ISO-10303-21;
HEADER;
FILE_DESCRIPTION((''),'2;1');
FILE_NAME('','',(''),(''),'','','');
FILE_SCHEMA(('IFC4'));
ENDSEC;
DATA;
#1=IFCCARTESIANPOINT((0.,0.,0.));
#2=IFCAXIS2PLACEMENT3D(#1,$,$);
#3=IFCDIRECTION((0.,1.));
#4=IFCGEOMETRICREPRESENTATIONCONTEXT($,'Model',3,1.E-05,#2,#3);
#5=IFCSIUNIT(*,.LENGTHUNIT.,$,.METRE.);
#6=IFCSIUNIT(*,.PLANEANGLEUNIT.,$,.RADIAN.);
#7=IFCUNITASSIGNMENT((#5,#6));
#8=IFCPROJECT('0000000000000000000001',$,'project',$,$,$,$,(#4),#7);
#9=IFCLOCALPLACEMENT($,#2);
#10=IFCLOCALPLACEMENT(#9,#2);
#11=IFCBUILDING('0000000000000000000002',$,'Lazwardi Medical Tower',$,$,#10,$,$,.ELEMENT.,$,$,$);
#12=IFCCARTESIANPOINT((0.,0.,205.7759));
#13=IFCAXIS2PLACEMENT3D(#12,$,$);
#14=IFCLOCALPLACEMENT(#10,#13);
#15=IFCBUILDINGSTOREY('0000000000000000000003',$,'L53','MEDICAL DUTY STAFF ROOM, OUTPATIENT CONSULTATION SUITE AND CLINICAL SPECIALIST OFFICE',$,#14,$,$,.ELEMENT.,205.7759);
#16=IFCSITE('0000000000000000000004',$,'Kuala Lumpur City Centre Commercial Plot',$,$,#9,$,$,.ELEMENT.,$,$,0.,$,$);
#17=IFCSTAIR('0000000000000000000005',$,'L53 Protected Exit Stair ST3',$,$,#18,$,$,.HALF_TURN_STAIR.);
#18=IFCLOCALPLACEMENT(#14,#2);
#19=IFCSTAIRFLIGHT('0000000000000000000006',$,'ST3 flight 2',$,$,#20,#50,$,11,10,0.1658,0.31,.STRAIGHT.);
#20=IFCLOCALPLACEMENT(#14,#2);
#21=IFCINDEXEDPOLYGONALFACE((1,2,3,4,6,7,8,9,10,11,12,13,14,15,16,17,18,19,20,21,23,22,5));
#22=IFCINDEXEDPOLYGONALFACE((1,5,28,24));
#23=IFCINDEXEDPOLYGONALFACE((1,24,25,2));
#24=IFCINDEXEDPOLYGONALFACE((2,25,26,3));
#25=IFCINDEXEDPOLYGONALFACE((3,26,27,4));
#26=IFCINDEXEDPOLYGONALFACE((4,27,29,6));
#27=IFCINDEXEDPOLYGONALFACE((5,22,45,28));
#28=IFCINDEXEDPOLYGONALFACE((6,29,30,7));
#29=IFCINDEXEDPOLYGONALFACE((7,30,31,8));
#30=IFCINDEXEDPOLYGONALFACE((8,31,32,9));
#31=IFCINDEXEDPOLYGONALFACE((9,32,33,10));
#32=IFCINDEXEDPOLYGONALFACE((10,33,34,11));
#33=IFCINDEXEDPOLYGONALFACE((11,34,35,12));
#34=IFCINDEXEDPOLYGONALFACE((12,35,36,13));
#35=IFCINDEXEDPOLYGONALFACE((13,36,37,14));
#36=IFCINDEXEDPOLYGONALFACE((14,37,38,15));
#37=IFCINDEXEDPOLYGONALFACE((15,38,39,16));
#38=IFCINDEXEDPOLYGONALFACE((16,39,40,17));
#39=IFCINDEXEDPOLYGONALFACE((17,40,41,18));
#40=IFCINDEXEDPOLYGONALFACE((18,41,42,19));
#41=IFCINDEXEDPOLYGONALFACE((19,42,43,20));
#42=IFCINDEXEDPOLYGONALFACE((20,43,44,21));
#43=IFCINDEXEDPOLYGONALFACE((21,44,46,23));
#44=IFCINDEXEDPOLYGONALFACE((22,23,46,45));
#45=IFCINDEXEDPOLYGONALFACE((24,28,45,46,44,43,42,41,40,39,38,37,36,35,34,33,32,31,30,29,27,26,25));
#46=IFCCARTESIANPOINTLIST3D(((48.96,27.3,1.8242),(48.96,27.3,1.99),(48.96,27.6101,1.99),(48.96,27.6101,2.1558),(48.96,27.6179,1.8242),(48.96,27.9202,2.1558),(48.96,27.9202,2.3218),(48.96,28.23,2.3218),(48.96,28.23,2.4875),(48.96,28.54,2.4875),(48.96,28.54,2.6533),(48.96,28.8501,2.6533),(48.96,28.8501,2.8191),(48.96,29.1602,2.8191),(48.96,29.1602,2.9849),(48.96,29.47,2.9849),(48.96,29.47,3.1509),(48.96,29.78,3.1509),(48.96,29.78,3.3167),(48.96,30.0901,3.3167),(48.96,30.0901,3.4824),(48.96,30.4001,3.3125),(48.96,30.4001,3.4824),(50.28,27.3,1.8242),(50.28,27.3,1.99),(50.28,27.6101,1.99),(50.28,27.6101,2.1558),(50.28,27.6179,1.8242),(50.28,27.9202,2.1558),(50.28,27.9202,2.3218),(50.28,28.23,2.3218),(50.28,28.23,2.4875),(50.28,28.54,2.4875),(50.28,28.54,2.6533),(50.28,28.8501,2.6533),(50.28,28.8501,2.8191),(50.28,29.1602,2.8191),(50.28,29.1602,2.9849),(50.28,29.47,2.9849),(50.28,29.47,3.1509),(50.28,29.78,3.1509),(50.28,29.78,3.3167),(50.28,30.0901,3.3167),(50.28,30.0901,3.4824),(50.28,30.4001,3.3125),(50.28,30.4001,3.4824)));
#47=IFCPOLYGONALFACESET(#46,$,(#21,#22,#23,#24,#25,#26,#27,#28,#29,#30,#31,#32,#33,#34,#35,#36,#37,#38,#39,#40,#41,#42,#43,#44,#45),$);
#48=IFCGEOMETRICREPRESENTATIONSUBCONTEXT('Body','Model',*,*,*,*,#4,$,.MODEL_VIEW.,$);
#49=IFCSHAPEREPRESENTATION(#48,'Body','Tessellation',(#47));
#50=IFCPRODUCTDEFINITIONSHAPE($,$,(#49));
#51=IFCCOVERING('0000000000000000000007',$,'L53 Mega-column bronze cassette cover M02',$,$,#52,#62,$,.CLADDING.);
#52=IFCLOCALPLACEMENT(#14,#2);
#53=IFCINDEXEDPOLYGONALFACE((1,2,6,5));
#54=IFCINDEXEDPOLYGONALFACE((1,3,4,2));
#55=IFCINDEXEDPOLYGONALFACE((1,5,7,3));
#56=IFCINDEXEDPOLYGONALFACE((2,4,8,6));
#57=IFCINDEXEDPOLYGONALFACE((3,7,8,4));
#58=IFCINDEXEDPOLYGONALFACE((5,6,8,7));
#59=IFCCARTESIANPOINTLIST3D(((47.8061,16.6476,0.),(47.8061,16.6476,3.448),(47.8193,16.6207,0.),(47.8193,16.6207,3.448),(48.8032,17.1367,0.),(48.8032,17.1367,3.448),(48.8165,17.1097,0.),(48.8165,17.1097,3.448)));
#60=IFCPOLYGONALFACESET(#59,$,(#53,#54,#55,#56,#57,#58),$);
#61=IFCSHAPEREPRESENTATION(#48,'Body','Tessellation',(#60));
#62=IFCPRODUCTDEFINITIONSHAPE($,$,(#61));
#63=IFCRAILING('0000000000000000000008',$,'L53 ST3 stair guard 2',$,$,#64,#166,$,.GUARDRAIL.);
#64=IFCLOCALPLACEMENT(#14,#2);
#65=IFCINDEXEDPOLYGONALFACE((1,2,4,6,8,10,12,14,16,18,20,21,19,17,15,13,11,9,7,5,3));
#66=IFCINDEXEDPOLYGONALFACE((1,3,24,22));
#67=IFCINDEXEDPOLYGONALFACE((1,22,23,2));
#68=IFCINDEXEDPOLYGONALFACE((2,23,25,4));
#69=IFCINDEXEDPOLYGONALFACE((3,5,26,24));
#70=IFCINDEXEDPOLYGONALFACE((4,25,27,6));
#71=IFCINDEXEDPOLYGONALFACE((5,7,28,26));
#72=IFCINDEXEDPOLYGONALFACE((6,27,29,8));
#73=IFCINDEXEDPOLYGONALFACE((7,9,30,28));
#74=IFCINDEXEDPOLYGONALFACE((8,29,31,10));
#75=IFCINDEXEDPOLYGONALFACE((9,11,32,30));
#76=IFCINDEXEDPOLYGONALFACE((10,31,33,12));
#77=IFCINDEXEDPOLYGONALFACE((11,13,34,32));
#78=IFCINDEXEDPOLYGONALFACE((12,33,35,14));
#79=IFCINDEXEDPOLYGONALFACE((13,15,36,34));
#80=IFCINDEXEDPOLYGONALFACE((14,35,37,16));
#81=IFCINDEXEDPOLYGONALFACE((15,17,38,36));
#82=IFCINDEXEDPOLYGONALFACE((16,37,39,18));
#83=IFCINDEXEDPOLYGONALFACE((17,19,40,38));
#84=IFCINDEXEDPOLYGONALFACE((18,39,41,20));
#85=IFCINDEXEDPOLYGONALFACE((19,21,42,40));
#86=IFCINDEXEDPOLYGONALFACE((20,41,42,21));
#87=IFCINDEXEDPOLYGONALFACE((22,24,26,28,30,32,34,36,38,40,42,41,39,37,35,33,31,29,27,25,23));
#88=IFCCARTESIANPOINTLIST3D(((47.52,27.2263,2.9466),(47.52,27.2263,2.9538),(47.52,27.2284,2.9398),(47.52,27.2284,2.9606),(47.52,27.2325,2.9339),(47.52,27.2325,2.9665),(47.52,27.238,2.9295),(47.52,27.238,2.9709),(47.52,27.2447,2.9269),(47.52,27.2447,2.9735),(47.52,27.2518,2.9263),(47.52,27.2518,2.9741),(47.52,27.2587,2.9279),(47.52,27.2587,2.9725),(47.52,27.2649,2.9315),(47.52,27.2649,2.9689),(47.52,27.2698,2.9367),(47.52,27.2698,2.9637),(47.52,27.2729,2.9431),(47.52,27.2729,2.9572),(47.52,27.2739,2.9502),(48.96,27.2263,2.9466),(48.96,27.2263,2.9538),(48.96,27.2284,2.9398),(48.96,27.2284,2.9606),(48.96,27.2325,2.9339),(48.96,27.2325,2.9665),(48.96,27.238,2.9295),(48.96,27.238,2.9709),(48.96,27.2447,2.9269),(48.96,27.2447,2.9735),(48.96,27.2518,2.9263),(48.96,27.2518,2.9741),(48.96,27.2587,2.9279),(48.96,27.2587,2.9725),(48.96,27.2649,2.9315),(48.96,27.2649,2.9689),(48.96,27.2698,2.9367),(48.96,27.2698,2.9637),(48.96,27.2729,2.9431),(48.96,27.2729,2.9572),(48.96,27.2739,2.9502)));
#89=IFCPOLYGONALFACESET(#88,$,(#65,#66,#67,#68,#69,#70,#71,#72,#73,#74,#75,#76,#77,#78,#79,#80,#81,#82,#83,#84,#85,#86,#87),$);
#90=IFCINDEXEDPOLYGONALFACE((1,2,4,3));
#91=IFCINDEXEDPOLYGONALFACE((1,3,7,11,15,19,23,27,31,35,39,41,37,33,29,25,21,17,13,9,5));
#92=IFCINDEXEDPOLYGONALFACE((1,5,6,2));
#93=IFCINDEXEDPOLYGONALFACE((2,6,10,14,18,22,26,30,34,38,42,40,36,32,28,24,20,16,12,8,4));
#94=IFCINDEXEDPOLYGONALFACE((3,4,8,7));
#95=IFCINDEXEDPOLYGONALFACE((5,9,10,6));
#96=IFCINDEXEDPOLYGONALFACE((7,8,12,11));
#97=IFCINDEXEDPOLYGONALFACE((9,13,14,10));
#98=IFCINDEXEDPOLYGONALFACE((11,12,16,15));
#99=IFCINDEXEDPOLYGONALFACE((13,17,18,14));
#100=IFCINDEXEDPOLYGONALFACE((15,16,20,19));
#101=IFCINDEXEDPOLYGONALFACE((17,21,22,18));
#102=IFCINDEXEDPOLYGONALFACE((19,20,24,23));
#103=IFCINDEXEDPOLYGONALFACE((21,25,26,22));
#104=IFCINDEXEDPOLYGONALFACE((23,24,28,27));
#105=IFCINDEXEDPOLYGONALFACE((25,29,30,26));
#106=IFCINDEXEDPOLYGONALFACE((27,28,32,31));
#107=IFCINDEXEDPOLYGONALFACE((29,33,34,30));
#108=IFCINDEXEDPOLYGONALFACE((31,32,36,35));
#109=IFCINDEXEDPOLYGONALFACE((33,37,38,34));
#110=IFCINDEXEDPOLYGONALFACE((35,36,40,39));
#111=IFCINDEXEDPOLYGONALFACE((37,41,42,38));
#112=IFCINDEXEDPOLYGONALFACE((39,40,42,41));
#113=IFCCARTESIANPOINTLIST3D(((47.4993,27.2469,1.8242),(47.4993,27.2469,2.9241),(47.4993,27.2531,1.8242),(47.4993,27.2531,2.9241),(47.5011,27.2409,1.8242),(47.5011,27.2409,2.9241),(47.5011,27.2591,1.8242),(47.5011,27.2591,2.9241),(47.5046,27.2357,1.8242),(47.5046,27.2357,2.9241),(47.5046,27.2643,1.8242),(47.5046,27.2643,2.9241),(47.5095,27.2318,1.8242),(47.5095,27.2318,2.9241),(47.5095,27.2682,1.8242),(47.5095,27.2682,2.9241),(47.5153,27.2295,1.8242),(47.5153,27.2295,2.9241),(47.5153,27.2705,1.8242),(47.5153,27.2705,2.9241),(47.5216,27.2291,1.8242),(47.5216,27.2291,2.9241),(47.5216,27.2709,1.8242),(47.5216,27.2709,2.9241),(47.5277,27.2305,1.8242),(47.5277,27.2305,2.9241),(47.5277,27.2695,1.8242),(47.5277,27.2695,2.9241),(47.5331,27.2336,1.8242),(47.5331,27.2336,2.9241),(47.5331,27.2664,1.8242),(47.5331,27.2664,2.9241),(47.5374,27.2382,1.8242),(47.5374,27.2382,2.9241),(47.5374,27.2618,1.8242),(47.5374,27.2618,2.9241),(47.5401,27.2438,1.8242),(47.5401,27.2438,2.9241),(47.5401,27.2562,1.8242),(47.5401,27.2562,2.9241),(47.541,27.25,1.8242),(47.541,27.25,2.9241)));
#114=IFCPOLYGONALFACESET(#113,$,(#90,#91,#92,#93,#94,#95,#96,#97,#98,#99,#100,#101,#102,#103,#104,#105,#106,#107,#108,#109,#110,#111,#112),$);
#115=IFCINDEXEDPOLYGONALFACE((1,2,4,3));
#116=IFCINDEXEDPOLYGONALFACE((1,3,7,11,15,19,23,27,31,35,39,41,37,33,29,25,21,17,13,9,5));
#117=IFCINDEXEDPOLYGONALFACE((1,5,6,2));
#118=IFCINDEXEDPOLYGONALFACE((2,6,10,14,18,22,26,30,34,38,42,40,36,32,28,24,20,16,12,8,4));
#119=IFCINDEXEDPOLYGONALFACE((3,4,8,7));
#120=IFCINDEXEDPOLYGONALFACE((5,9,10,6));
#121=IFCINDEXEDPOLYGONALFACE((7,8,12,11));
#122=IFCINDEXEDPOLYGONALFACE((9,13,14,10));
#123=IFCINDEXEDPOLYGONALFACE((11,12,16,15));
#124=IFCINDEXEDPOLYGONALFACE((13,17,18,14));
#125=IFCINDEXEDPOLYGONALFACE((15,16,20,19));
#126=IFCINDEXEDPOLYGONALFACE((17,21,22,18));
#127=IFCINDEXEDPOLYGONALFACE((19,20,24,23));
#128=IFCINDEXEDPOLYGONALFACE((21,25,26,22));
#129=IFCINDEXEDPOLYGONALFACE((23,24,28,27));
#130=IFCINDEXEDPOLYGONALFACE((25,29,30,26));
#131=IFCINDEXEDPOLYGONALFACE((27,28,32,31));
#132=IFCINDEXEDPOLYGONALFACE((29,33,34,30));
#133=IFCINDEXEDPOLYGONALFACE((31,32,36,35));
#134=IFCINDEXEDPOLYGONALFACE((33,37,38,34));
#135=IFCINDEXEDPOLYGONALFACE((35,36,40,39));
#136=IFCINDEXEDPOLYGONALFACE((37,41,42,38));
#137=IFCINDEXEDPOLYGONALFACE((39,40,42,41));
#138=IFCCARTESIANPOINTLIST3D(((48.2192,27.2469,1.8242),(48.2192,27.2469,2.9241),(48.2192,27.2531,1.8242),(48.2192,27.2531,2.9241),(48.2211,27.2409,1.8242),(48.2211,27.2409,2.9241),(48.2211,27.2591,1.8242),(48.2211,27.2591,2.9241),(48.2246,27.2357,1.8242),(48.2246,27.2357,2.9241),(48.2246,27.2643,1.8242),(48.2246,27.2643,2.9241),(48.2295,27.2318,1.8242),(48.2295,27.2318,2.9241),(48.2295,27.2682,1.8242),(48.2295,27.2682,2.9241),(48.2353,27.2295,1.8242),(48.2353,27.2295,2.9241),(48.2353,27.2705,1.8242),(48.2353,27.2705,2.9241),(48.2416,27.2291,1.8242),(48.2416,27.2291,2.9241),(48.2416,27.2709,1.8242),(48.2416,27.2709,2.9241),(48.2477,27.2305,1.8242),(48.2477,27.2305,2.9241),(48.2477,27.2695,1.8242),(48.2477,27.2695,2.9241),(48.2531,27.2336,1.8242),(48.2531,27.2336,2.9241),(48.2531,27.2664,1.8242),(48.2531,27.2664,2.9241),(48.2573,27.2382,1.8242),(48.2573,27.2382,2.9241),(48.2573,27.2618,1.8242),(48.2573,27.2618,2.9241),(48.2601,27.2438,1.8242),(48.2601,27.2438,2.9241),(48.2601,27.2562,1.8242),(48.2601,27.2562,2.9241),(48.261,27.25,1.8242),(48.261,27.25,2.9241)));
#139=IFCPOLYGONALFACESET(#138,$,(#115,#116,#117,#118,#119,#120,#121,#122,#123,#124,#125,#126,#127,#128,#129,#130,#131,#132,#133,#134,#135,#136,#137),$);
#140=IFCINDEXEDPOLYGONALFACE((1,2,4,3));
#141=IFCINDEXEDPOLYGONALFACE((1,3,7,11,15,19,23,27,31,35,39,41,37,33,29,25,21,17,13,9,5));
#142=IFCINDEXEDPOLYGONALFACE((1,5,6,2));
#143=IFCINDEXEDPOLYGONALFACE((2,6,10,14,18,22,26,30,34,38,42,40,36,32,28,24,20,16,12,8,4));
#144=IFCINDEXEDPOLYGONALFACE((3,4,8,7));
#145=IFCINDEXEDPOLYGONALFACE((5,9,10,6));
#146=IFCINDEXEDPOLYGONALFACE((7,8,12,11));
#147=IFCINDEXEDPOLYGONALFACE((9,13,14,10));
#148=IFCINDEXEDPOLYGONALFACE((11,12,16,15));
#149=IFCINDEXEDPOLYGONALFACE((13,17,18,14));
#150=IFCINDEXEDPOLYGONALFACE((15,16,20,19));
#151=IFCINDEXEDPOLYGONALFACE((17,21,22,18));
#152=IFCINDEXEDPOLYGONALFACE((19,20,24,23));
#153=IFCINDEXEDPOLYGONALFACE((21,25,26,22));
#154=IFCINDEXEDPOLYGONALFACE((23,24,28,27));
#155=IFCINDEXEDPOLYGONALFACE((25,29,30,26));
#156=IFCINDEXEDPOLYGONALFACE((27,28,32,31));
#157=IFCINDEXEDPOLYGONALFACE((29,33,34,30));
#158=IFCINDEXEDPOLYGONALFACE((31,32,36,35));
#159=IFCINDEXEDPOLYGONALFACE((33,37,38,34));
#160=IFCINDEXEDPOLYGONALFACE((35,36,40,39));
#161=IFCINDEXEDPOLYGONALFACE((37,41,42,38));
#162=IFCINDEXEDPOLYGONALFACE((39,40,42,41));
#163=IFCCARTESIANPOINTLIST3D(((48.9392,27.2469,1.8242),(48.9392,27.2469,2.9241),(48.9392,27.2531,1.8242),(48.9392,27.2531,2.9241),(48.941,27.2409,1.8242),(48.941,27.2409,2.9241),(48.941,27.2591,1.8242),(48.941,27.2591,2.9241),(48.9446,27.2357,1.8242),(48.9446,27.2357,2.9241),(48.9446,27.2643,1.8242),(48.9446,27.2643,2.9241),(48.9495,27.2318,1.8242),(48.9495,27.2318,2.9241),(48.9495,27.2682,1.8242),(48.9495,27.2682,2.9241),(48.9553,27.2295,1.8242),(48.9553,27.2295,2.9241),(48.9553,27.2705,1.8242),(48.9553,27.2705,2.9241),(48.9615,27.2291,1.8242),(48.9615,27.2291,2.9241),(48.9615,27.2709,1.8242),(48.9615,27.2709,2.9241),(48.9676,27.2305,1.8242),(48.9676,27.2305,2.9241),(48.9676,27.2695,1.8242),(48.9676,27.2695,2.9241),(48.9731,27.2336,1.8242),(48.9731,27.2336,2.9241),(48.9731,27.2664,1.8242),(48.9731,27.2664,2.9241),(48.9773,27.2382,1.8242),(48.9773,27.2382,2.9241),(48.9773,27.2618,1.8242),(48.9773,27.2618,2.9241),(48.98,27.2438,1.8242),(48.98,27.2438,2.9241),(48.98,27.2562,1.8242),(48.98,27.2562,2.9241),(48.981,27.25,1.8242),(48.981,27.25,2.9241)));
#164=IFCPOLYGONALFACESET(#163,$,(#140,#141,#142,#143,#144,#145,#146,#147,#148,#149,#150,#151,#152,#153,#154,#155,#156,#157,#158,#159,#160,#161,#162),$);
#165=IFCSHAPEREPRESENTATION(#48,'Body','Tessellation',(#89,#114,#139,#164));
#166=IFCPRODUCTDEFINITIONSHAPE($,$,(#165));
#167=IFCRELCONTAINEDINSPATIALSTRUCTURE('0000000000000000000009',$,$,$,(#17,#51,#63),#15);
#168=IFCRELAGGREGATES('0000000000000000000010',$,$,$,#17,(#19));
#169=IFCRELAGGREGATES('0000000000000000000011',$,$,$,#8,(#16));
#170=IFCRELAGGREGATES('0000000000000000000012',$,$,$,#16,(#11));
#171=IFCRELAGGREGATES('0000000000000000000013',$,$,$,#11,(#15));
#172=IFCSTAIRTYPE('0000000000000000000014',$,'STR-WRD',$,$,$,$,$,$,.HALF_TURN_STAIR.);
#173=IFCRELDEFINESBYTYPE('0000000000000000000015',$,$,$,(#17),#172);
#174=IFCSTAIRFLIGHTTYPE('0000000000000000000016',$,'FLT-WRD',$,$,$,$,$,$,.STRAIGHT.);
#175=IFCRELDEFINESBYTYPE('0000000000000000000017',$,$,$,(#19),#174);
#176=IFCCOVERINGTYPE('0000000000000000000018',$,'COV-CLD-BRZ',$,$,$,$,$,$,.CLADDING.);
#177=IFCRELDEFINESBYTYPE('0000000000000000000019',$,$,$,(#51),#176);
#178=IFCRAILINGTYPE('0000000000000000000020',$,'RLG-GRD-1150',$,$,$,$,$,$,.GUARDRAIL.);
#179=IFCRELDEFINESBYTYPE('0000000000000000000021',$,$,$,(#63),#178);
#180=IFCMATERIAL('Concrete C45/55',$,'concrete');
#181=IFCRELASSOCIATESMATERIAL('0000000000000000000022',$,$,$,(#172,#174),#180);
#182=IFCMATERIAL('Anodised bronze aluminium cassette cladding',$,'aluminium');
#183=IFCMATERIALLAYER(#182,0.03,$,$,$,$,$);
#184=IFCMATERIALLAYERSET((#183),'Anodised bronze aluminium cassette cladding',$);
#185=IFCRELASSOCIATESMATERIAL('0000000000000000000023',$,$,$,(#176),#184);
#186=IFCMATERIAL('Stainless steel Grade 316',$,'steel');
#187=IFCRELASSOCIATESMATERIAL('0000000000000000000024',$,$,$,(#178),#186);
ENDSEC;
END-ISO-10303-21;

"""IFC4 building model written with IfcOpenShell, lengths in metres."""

from ifc_helpers import new_model, si_unit, direction, frame, origin, origin_2d, place, context, subcontext, project, spatial, polyline, rectangle, circle, outline, extrude, material, layer, layer_set, type_object, element, aggregate, save


model = new_model("IFC4")

# Units and contexts
model_context = context("Model", 3, precision=1e-05, world=origin(), true_north=direction((0.0, 1.0)))
body_context = subcontext(model_context, "Body", "Model", "MODEL_VIEW")
ifc_project = project(units=[si_unit("LENGTHUNIT", "METRE"), si_unit("PLANEANGLEUNIT", "RADIAN")], contexts=[model_context])

# Site, building, storey
site_placement = place(None, origin())
site = spatial("IfcSite", under=ifc_project, at=site_placement, Name="Kuala Lumpur City Centre Commercial Plot", CompositionType="ELEMENT", RefElevation=0.0)
building_placement = place(site_placement, origin())
building = spatial("IfcBuilding", under=site, at=building_placement, Name="Lazwardi Medical Tower", CompositionType="ELEMENT")
storey_placement = place(building_placement, frame((0.0, 0.0, 205.7759)))
storey = spatial("IfcBuildingStorey", under=building, at=storey_placement, Name="L53", Description="MEDICAL DUTY STAFF ROOM, OUTPATIENT CONSULTATION SUITE AND CLINICAL SPECIALIST OFFICE", CompositionType="ELEMENT", Elevation=205.7759)

# Stair, stair flight
ifc_material_1 = material(Name="Concrete C45/55", Category="concrete")
stair_type = type_object("IfcStairType", Name="STR-WRD", PredefinedType="HALF_TURN_STAIR", material=ifc_material_1)
stair_placement = place(storey_placement, origin())
stair = element("IfcStair", 1, at=stair_placement, inside=storey, type_object=stair_type, Name="L53 Protected Exit Stair ST3", PredefinedType="HALF_TURN_STAIR")
stair_flight_type = type_object("IfcStairFlightType", Name="FLT-WRD", PredefinedType="STRAIGHT", material=ifc_material_1)
stair_flight_placement = place(storey_placement, frame((49.6201, 27.3, 1.8242), z_axis=(0.0, 0.0, 1.0), x_axis=(0.0, 1.0, 0.0)))
stair_flight = element("IfcStairFlight", 2, at=stair_flight_placement, type_object=stair_flight_type, Name="ST3 flight 2", NumberOfRisers=11, NumberOfTreads=10, PredefinedType="STRAIGHT", RiserHeight=0.1658, TreadLength=0.31, context=body_context, shape_type="SweptSolid", body=[
    extrude(outline(polyline([(0.0, 0.0), (0.0, 0.1658), (0.3101, 0.1658), (0.3101, 0.3315), (0.6201, 0.3315), (0.6201, 0.4976), (0.9299, 0.4976), (0.9299, 0.6633), (1.24, 0.6633), (1.24, 0.8291), (1.55, 0.8291), (1.55, 0.9949), (1.8601, 0.9949), (1.8601, 1.1606), (2.1699, 1.1606), (2.1699, 1.3267), (2.48, 1.3267), (2.48, 1.4924), (2.79, 1.4924), (2.79, 1.6582), (3.1001, 1.6582), (3.1001, 1.824), (3.1001, 1.4883), (0.3179, 0.0), (0.0, 0.0)])), frame((0.0, 0.6602, 0.0), z_axis=(0.0, -1.0, 0.0), x_axis=(1.0, 0.0, 0.0)), (0.0, 0.0, 1.0), 1.3201),
])
aggregate(stair, [stair_flight])

# Covering
ifc_material_2 = material(Name="Anodised bronze aluminium cassette cladding", Category="aluminium")
ifc_layer_1 = layer(ifc_material_2, 0.03)
ifc_layer_set_1 = layer_set([ifc_layer_1], Name="Anodised bronze aluminium cassette cladding")
covering_type = type_object("IfcCoveringType", Name="COV-CLD-BRZ", PredefinedType="CLADDING", material=ifc_layer_set_1)
covering_placement = place(storey_placement, frame((48.3113, 16.8787, 0.0), z_axis=(0.0, 0.0, 1.0), x_axis=(0.89784, 0.440322, 0.0)))
element("IfcCovering", 3, at=covering_placement, inside=storey, type_object=covering_type, Name="L53 Mega-column bronze cassette cover M02", PredefinedType="CLADDING", context=body_context, shape_type="SweptSolid", body=[
    extrude(rectangle(XDim=1.1106, YDim=0.03, at=origin_2d()), origin(), (0.0, 0.0, 1.0), 3.448),
])

# Railing
ifc_material_3 = material(Name="Stainless steel Grade 316", Category="steel")
railing_type_1 = type_object("IfcRailingType", Name="RLG-GRD-1150", PredefinedType="GUARDRAIL", material=ifc_material_3)
railing_1_placement = place(storey_placement, frame((47.52, 27.25, 1.8242)))
element("IfcRailing", 4, at=railing_1_placement, inside=storey, type_object=railing_type_1, Name="L53 ST3 stair guard 2", PredefinedType="GUARDRAIL", context=body_context, shape_type="SweptSolid", body=[
    extrude(circle(Radius=0.0239, at=origin_2d()), frame((0.0, 0.0, 1.126), z_axis=(1.0, 0.0, 0.0), x_axis=(0.0, 1.0, 0.0)), (0.0, 0.0, 1.0), 1.4399),
    extrude(circle(Radius=0.021, at=origin_2d()), origin(), (0.0, 0.0, 1.0), 1.0999),
    extrude(circle(Radius=0.021, at=origin_2d()), frame((0.72, 0.0, 0.0)), (0.0, 0.0, 1.0), 1.0999),
    extrude(circle(Radius=0.021, at=origin_2d()), frame((1.4399, 0.0, 0.0)), (0.0, 0.0, 1.0), 1.0999),
])

save(model, "model.ifc")
